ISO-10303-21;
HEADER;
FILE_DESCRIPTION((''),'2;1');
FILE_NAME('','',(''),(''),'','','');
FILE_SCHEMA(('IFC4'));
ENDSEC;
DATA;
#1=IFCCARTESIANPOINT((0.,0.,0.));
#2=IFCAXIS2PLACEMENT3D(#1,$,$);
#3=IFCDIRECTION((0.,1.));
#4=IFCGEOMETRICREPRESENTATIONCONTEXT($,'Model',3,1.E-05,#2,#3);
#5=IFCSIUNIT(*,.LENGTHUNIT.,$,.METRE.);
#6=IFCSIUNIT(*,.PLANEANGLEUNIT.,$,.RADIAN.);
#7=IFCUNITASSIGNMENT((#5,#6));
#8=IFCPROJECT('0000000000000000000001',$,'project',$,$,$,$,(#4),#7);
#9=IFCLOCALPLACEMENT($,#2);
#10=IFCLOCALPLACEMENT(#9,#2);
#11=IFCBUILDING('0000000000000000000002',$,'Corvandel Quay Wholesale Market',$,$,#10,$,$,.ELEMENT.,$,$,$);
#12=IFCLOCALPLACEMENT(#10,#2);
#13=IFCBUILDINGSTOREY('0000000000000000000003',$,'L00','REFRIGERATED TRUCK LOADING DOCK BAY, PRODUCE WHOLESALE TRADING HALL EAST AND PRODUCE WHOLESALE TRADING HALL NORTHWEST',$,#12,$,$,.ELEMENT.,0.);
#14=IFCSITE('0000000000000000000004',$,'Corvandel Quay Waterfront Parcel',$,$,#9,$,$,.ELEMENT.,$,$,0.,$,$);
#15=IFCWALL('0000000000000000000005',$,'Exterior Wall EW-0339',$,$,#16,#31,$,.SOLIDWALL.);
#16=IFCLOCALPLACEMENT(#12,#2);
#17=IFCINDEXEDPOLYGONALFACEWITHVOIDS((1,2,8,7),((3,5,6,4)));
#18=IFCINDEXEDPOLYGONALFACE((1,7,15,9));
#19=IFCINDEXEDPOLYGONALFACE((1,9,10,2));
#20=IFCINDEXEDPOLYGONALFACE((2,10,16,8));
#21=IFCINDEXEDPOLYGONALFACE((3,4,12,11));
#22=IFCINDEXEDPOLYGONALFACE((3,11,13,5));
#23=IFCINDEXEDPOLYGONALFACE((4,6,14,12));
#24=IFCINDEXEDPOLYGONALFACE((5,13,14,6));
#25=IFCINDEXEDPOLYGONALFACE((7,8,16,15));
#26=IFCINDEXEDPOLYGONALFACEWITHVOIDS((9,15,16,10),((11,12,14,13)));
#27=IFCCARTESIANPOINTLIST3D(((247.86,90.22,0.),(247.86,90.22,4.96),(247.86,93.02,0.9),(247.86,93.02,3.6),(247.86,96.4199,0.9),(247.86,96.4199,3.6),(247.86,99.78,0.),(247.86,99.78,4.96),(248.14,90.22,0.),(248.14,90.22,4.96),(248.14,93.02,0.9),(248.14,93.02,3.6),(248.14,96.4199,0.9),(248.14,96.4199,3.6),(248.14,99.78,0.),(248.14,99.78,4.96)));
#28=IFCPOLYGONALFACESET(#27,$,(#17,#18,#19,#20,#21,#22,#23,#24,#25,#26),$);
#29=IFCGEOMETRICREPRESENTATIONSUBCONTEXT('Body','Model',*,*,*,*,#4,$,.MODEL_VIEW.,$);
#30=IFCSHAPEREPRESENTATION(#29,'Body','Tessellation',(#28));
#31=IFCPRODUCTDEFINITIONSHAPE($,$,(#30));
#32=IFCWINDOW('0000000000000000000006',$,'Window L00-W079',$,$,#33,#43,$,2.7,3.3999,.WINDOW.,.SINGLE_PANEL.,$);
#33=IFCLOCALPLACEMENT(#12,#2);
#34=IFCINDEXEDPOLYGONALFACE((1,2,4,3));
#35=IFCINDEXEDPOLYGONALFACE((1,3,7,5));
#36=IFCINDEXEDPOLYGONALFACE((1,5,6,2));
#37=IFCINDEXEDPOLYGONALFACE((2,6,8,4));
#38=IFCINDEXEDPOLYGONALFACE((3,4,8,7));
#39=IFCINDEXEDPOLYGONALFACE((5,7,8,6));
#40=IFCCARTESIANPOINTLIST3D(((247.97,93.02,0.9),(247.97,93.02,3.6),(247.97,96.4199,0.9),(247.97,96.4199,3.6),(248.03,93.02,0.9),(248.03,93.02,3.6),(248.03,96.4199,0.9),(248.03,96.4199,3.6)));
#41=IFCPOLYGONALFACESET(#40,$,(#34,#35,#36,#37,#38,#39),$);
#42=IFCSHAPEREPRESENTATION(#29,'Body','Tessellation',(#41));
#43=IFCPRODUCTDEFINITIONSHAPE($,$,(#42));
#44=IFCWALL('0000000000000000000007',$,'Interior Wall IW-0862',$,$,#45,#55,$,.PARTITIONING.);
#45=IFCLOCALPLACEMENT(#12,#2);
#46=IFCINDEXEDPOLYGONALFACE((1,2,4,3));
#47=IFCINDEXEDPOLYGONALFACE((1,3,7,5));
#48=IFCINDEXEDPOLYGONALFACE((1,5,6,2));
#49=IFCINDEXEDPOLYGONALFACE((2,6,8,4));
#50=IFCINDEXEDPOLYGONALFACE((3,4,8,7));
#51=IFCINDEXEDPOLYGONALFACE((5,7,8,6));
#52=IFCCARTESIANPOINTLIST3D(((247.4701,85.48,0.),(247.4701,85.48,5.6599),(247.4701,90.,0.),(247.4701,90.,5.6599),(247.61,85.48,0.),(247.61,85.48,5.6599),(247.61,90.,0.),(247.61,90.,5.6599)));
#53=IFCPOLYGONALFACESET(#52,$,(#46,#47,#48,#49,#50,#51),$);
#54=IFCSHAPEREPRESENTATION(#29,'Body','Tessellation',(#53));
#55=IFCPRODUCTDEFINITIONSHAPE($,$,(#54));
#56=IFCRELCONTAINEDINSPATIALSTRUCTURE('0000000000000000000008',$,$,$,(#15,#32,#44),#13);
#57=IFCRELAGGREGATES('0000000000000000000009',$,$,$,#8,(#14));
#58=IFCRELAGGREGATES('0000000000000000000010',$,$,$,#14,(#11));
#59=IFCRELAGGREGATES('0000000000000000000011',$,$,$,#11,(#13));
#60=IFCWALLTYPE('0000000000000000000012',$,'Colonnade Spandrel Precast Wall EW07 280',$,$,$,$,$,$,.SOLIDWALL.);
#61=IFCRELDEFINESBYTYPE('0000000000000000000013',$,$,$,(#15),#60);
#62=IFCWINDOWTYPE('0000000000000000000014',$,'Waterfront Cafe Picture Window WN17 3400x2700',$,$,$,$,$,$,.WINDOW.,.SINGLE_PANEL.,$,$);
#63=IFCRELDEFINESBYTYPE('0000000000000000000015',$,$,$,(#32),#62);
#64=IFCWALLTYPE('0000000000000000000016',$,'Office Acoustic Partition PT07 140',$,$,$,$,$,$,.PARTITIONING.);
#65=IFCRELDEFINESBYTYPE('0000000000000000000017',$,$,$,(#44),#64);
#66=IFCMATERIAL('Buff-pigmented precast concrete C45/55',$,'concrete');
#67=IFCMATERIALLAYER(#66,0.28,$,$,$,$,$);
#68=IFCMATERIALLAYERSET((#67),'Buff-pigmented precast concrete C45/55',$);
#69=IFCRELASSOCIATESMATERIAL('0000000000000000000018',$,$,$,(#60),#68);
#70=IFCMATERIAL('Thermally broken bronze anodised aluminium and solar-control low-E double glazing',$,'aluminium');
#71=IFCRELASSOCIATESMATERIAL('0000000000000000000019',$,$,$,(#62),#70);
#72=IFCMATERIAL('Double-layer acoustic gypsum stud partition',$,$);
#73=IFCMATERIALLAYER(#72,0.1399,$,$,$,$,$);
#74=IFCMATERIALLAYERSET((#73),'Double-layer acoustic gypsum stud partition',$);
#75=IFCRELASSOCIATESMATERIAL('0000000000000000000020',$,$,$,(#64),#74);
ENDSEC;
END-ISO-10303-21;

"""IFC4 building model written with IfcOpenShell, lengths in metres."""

from ifc_helpers import new_model, si_unit, direction, frame, frame_2d, origin, place, context, subcontext, project, spatial, rectangle, extrude, material, layer, layer_set, type_object, element, fill, save


model = new_model("IFC4")

# Units and contexts
model_context = context("Model", 3, precision=1e-05, world=origin(), true_north=direction((0.0, 1.0)))
body_context = subcontext(model_context, "Body", "Model", "MODEL_VIEW")
ifc_project = project(units=[si_unit("LENGTHUNIT", "METRE"), si_unit("PLANEANGLEUNIT", "RADIAN")], contexts=[model_context])

# Site, building, storey
site_placement = place(None, origin())
site = spatial("IfcSite", under=ifc_project, at=site_placement, Name="Corvandel Quay Waterfront Parcel", CompositionType="ELEMENT", RefElevation=0.0)
building_placement = place(site_placement, origin())
building = spatial("IfcBuilding", under=site, at=building_placement, Name="Corvandel Quay Wholesale Market", CompositionType="ELEMENT")
storey_placement = place(building_placement, origin())
storey = spatial("IfcBuildingStorey", under=building, at=storey_placement, Name="L00", Description="REFRIGERATED TRUCK LOADING DOCK BAY, PRODUCE WHOLESALE TRADING HALL EAST AND PRODUCE WHOLESALE TRADING HALL NORTHWEST", CompositionType="ELEMENT", Elevation=0.0)

# Wall, opening, window
ifc_material_1 = material(Name="Buff-pigmented precast concrete C45/55", Category="concrete")
ifc_layer_1 = layer(ifc_material_1, 0.28)
ifc_layer_set_1 = layer_set([ifc_layer_1], Name="Buff-pigmented precast concrete C45/55")
wall_type_1 = type_object("IfcWallType", Name="Colonnade Spandrel Precast Wall EW07 280", PredefinedType="SOLIDWALL", material=ifc_layer_set_1)
wall_1_placement = place(storey_placement, frame((248.0, 90.22, 0.0), z_axis=(0.0, 0.0, 1.0), x_axis=(0.0, 1.0, 0.0)))
wall_1 = element("IfcWall", 1, at=wall_1_placement, inside=storey, type_object=wall_type_1, Name="Exterior Wall EW-0339", PredefinedType="SOLIDWALL", context=body_context, shape_type="SweptSolid", body=[
    extrude(rectangle(XDim=9.5601, YDim=0.28, at=frame_2d((4.78, 0.0))), origin(), (0.0, 0.0, 1.0), 4.96),
])
opening_placement = place(wall_1_placement, frame((2.8, 0.0, 0.8999)))
opening = element("IfcOpeningElement", 2, at=opening_placement, cuts=wall_1, PredefinedType="OPENING", context=body_context, shape_type="SweptSolid", body=[
    extrude(rectangle(XDim=3.3999, YDim=2.7, at=frame_2d((1.7, 1.3501))), frame((0.0, 0.1499, 0.0), z_axis=(0.0, -1.0, 0.0), x_axis=(1.0, 0.0, 0.0)), (0.0, 0.0, 1.0), 0.3),
])
ifc_material_2 = material(Name="Thermally broken bronze anodised aluminium and solar-control low-E double glazing", Category="aluminium")
window_type = type_object("IfcWindowType", Name="Waterfront Cafe Picture Window WN17 3400x2700", PartitioningType="SINGLE_PANEL", PredefinedType="WINDOW", material=ifc_material_2)
window_placement = place(opening_placement, origin())
window = element("IfcWindow", 3, at=window_placement, inside=storey, type_object=window_type, Name="Window L00-W079", OverallHeight=2.7, OverallWidth=3.3999, PartitioningType="SINGLE_PANEL", PredefinedType="WINDOW", context=body_context, shape_type="SweptSolid", body=[
    extrude(rectangle(XDim=3.3999, YDim=2.7, at=frame_2d((1.7, 1.3501))), frame((0.0, 0.03, 0.0), z_axis=(0.0, -1.0, 0.0), x_axis=(1.0, 0.0, 0.0)), (0.0, 0.0, 1.0), 0.0601),
])
fill(opening, window)

# Wall
ifc_material_3 = material(Name="Double-layer acoustic gypsum stud partition")
ifc_layer_2 = layer(ifc_material_3, 0.1399)
ifc_layer_set_2 = layer_set([ifc_layer_2], Name="Double-layer acoustic gypsum stud partition")
wall_type_2 = type_object("IfcWallType", Name="Office Acoustic Partition PT07 140", PredefinedType="PARTITIONING", material=ifc_layer_set_2)
wall_2_placement = place(storey_placement, frame((247.54, 90.0, 0.0), z_axis=(0.0, 0.0, 1.0), x_axis=(0.0, -1.0, 0.0)))
element("IfcWall", 4, at=wall_2_placement, inside=storey, type_object=wall_type_2, Name="Interior Wall IW-0862", PredefinedType="PARTITIONING", context=body_context, shape_type="SweptSolid", body=[
    extrude(rectangle(XDim=4.52, YDim=0.1399, at=frame_2d((2.26, 0.0))), origin(), (0.0, 0.0, 1.0), 5.6599),
])

save(model, "model.ifc")
